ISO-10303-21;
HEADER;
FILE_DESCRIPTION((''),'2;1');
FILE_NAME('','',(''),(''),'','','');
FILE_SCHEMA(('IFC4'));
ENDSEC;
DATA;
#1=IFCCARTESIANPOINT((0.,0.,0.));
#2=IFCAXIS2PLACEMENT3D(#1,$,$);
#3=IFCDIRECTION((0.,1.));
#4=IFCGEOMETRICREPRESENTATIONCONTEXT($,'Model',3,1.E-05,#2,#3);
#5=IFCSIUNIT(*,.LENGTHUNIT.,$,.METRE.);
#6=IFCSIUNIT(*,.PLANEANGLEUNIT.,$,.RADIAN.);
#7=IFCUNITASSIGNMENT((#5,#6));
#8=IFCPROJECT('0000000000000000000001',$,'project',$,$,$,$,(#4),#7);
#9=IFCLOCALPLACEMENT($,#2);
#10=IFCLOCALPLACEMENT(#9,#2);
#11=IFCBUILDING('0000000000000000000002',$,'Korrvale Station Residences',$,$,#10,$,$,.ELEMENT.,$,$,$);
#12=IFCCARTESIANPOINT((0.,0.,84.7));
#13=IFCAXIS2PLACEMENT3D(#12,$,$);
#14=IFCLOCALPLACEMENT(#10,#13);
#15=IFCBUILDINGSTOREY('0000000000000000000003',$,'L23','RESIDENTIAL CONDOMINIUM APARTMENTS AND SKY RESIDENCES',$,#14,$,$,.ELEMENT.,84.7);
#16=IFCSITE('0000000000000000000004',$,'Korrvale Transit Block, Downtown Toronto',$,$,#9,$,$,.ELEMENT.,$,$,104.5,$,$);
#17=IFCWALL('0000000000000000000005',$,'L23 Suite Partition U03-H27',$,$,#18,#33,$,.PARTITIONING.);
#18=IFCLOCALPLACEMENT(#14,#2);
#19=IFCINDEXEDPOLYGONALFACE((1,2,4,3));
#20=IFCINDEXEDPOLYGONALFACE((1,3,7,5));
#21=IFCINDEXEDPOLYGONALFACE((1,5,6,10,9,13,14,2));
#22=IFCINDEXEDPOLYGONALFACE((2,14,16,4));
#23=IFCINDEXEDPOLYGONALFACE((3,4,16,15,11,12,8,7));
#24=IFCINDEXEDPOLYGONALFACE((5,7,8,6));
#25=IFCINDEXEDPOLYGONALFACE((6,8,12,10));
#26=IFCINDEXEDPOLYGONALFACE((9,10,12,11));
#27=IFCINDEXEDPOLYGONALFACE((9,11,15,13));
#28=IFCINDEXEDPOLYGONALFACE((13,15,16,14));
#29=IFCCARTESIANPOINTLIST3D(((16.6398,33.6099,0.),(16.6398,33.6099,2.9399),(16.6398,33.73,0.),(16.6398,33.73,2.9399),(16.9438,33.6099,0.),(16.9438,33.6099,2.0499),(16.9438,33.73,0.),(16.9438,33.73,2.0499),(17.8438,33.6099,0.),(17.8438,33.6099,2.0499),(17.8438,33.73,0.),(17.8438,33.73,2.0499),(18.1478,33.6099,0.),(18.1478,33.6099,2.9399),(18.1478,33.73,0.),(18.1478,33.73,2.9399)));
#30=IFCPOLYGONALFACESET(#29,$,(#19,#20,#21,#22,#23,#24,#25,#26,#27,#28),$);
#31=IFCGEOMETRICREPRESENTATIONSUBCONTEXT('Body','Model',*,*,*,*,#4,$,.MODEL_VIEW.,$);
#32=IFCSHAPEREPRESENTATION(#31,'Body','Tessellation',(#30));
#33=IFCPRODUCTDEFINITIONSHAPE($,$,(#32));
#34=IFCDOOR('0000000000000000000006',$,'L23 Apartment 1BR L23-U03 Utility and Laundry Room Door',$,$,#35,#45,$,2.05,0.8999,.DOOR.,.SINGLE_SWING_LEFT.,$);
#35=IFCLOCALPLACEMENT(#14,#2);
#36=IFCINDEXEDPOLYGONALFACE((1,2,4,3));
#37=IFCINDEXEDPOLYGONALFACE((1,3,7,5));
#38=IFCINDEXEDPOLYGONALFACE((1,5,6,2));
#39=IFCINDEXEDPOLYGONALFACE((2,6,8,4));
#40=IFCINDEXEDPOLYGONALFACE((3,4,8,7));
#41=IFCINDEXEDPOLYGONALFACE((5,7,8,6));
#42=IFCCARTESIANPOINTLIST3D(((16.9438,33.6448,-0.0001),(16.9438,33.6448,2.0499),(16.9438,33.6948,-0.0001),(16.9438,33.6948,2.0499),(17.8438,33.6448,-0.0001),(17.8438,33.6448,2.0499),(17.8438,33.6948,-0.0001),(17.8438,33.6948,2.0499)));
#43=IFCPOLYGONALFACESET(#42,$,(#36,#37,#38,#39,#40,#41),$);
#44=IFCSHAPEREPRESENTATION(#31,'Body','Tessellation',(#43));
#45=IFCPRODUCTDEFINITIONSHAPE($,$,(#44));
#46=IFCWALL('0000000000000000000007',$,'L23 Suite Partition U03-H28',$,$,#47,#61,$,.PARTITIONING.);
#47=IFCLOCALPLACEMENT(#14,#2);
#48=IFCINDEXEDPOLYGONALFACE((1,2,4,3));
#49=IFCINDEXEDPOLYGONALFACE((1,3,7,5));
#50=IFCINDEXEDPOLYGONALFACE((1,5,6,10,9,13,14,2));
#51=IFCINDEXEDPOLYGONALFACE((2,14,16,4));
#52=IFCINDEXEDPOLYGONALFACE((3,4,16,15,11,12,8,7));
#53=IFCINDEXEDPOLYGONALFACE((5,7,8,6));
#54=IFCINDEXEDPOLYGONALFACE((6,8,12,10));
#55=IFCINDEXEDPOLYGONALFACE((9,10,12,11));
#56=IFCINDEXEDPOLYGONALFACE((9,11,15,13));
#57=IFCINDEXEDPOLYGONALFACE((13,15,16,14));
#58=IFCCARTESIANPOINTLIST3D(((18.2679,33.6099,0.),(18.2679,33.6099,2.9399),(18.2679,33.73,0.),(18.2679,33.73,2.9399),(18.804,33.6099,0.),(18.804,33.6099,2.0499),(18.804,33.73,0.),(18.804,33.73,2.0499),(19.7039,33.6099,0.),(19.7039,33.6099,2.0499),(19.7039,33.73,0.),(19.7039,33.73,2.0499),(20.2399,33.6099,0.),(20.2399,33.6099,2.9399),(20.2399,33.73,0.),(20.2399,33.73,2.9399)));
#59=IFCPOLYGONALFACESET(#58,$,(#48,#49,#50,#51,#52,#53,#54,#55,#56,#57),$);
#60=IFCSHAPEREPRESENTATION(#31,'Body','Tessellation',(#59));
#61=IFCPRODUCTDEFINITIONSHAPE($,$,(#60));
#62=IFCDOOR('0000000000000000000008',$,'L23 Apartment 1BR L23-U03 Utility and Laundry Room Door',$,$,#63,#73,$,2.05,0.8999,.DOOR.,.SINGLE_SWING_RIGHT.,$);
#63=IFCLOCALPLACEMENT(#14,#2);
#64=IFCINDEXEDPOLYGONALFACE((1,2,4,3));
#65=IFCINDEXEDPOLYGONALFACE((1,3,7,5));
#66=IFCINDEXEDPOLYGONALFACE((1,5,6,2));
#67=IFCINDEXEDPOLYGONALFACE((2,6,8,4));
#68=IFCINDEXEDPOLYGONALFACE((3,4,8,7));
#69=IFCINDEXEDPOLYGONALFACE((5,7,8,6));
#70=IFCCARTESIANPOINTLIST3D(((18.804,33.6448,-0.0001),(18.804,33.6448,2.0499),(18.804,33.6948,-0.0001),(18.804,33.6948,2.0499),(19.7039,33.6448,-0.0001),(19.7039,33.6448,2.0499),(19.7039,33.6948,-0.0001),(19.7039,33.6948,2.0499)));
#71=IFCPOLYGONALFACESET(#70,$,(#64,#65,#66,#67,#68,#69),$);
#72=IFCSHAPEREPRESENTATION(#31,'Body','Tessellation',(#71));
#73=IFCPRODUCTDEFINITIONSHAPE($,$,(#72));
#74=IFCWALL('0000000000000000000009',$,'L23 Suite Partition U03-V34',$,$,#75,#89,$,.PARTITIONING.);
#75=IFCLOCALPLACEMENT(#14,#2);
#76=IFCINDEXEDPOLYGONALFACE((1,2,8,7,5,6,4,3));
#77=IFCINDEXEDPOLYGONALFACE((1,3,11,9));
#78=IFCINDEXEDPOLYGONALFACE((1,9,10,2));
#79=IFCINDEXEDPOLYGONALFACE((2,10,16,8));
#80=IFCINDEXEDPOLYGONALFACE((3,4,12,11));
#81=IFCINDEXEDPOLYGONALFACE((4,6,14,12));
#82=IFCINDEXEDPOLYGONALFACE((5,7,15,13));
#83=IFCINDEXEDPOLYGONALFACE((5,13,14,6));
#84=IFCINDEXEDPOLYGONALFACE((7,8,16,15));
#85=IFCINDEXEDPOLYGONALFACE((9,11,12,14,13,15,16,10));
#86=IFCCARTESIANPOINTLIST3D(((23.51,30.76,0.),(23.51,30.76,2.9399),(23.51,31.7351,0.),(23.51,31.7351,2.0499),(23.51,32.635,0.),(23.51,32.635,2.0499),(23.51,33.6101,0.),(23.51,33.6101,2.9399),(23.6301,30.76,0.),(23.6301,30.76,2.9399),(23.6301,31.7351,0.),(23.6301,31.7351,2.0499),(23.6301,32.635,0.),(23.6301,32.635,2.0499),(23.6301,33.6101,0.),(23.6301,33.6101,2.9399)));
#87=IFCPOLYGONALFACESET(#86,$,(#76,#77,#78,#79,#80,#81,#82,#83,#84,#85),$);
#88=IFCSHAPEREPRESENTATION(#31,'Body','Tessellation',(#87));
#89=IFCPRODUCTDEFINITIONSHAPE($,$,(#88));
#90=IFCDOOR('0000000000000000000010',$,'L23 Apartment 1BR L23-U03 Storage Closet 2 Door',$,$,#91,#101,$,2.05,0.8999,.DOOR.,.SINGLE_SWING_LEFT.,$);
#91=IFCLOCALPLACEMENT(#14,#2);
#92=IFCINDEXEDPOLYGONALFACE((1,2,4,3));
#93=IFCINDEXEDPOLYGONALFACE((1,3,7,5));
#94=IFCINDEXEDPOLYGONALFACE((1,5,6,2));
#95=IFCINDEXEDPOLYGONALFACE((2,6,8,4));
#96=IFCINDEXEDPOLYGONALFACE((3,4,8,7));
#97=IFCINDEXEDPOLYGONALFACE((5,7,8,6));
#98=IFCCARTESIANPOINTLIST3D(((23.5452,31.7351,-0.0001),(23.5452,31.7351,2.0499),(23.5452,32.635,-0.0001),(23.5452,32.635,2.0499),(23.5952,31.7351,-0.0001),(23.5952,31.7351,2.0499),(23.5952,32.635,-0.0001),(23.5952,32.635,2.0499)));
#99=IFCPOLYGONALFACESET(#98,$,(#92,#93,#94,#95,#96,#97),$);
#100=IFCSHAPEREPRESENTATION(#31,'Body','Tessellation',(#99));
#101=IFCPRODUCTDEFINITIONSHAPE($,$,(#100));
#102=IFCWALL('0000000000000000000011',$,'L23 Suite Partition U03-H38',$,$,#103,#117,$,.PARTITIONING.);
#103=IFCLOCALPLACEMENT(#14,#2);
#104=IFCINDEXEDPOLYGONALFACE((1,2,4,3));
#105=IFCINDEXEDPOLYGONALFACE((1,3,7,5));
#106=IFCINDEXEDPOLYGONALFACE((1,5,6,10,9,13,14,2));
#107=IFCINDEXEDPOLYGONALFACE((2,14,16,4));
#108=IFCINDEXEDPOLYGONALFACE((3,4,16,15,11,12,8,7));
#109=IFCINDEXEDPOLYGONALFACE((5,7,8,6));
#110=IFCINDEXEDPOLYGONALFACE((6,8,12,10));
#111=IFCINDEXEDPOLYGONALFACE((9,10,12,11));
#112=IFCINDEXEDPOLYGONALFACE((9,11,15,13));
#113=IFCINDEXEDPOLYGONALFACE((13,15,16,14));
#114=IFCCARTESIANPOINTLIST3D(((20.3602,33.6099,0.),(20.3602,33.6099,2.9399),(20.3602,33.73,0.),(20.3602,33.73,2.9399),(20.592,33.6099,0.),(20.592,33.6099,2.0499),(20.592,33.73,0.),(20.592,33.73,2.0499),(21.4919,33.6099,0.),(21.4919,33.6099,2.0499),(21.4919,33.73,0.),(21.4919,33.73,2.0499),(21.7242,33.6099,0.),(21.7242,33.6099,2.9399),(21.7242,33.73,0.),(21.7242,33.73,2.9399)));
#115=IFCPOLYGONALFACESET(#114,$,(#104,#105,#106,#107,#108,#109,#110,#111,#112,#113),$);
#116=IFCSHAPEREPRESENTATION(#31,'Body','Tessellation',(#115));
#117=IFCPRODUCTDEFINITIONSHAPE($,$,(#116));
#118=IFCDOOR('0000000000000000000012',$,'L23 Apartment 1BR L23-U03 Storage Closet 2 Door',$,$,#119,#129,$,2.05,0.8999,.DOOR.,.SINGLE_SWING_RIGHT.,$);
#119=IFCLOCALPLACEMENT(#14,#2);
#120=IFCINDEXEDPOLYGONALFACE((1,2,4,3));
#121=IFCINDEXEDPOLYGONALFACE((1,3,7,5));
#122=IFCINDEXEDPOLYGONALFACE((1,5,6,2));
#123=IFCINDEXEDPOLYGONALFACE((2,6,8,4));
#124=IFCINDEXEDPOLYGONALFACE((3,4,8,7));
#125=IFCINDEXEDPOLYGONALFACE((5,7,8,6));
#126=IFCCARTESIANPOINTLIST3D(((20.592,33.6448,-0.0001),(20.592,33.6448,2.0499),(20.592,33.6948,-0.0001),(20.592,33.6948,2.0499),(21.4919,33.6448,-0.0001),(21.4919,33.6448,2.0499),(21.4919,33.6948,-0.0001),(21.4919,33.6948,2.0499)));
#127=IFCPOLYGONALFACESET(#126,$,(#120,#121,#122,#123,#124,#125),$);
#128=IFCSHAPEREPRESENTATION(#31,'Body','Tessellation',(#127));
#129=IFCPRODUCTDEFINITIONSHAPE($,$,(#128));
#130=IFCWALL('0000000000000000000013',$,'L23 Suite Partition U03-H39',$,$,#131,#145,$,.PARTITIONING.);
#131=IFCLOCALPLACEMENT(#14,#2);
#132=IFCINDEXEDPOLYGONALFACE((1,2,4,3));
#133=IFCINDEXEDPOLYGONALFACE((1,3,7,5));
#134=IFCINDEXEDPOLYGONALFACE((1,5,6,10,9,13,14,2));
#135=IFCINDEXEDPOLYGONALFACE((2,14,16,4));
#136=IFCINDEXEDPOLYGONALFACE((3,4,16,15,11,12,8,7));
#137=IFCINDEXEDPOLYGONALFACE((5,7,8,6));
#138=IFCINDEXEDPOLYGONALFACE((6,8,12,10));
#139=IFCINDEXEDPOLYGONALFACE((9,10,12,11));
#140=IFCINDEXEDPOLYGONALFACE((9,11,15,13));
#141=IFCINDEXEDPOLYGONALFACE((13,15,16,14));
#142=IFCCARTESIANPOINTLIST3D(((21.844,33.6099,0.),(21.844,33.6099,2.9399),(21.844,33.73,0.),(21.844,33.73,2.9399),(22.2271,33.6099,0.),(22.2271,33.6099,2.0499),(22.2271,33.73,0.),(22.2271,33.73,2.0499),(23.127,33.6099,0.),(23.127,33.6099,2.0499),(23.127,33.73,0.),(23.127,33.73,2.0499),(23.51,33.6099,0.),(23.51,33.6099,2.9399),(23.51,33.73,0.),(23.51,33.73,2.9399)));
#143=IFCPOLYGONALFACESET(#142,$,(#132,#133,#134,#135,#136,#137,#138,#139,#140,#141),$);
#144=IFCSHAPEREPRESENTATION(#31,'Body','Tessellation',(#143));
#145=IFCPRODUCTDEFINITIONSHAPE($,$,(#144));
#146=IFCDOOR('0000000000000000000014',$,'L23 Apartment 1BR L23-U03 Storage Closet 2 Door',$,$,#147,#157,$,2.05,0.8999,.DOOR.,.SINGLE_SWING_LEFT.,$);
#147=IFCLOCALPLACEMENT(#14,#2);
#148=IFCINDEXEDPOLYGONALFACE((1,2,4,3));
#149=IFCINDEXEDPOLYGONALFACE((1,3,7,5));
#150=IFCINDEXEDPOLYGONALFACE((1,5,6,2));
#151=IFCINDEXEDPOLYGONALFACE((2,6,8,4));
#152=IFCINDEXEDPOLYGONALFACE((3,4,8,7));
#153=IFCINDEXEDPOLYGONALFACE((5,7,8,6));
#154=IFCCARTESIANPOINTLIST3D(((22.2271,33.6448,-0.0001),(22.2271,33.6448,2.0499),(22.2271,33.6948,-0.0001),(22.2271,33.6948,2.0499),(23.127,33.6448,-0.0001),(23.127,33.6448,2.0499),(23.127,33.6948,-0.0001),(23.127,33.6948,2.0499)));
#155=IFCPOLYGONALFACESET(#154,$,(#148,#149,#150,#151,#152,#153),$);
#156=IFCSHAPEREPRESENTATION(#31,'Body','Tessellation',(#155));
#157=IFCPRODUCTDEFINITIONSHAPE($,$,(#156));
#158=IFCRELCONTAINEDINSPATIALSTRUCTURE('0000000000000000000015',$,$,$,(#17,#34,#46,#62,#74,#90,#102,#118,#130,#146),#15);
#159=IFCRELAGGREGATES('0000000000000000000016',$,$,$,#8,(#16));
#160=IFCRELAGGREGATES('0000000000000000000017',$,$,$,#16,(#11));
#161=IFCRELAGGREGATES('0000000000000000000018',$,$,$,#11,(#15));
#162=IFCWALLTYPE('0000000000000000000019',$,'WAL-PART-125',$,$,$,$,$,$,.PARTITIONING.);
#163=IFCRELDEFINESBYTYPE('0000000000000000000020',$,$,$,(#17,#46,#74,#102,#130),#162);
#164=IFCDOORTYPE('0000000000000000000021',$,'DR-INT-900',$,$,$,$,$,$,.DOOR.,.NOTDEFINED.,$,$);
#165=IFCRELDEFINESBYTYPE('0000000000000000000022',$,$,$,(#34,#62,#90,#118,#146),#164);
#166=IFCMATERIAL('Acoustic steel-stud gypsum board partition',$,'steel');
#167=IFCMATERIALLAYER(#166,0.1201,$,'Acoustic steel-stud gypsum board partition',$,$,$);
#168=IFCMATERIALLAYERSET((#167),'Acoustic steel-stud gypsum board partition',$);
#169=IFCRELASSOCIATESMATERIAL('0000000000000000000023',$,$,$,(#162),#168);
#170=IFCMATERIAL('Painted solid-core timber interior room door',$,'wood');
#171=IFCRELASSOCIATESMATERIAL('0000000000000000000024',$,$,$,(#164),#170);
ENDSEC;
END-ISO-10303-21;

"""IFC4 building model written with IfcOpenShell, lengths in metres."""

from ifc_helpers import new_model, si_unit, direction, frame, frame_2d, origin, place, context, subcontext, project, spatial, rectangle, extrude, material, layer, layer_set, type_object, element, fill, save


model = new_model("IFC4")

# Units and contexts
model_context = context("Model", 3, precision=1e-05, world=origin(), true_north=direction((0.0, 1.0)))
body_context = subcontext(model_context, "Body", "Model", "MODEL_VIEW")
ifc_project = project(units=[si_unit("LENGTHUNIT", "METRE"), si_unit("PLANEANGLEUNIT", "RADIAN")], contexts=[model_context])

# Site, building, storey
site_placement = place(None, origin())
site = spatial("IfcSite", under=ifc_project, at=site_placement, Name="Korrvale Transit Block, Downtown Toronto", CompositionType="ELEMENT", RefElevation=104.5)
building_placement = place(site_placement, origin())
building = spatial("IfcBuilding", under=site, at=building_placement, Name="Korrvale Station Residences", CompositionType="ELEMENT")
storey_placement = place(building_placement, frame((0.0, 0.0, 84.7)))
storey = spatial("IfcBuildingStorey", under=building, at=storey_placement, Name="L23", Description="RESIDENTIAL CONDOMINIUM APARTMENTS AND SKY RESIDENCES", CompositionType="ELEMENT", Elevation=84.7)

# Walls, openings, doors
ifc_material_1 = material(Name="Acoustic steel-stud gypsum board partition", Category="steel")
ifc_layer = layer(ifc_material_1, 0.1201, Name="Acoustic steel-stud gypsum board partition")
ifc_layer_set = layer_set([ifc_layer], Name="Acoustic steel-stud gypsum board partition")
wall_type = type_object("IfcWallType", Name="WAL-PART-125", PredefinedType="PARTITIONING", material=ifc_layer_set)
ifc_material_2 = material(Name="Painted solid-core timber interior room door", Category="wood")
door_type = type_object("IfcDoorType", Name="DR-INT-900", OperationType="NOTDEFINED", PredefinedType="DOOR", material=ifc_material_2)
wall_1_placement = place(storey_placement, frame((16.6399, 33.6699, 0.0), z_axis=(0.0, 0.0, 1.0), x_axis=(1.0, 0.0, 0.0)))
wall_1 = element("IfcWall", 1, at=wall_1_placement, inside=storey, type_object=wall_type, Name="L23 Suite Partition U03-H27", PredefinedType="PARTITIONING", context=body_context, shape_type="SweptSolid", body=[
    extrude(rectangle(XDim=1.5081, YDim=0.1201, at=frame_2d((0.7539, 0.0))), origin(), (0.0, 0.0, 1.0), 2.9399),
])
opening_1_placement = place(wall_1_placement, frame((0.304, 0.0, 0.0)))
opening_1 = element("IfcOpeningElement", 2, at=opening_1_placement, cuts=wall_1, PredefinedType="OPENING", context=body_context, shape_type="SweptSolid", body=[
    extrude(rectangle(XDim=0.8999, YDim=2.05, at=frame_2d((0.45, 1.0249))), frame((0.0, 0.0701, 0.0), z_axis=(0.0, -1.0, 0.0), x_axis=(1.0, 0.0, 0.0)), (0.0, 0.0, 1.0), 0.1401),
])
door_1_placement = place(opening_1_placement, origin())
door_1 = element("IfcDoor", 3, at=door_1_placement, inside=storey, type_object=door_type, Name="L23 Apartment 1BR L23-U03 Utility and Laundry Room Door", OperationType="SINGLE_SWING_LEFT", OverallHeight=2.05, OverallWidth=0.8999, PredefinedType="DOOR", context=body_context, shape_type="SweptSolid", body=[
    extrude(rectangle(XDim=0.8999, YDim=2.05, at=frame_2d((0.45, 1.0249))), frame((0.0, 0.0249, 0.0), z_axis=(0.0, -1.0, 0.0), x_axis=(1.0, 0.0, 0.0)), (0.0, 0.0, 1.0), 0.05),
])
fill(opening_1, door_1)
wall_2_placement = place(storey_placement, frame((18.2681, 33.6699, 0.0), z_axis=(0.0, 0.0, 1.0), x_axis=(1.0, 0.0, 0.0)))
wall_2 = element("IfcWall", 4, at=wall_2_placement, inside=storey, type_object=wall_type, Name="L23 Suite Partition U03-H28", PredefinedType="PARTITIONING", context=body_context, shape_type="SweptSolid", body=[
    extrude(rectangle(XDim=1.9719, YDim=0.1201, at=frame_2d((0.9858, 0.0))), origin(), (0.0, 0.0, 1.0), 2.9399),
])
opening_2_placement = place(wall_2_placement, frame((0.5359, 0.0, 0.0)))
opening_2 = element("IfcOpeningElement", 5, at=opening_2_placement, cuts=wall_2, PredefinedType="OPENING", context=body_context, shape_type="SweptSolid", body=[
    extrude(rectangle(XDim=0.8999, YDim=2.05, at=frame_2d((0.45, 1.0249))), frame((0.0, 0.0701, 0.0), z_axis=(0.0, -1.0, 0.0), x_axis=(1.0, 0.0, 0.0)), (0.0, 0.0, 1.0), 0.1401),
])
door_2_placement = place(opening_2_placement, origin())
door_2 = element("IfcDoor", 6, at=door_2_placement, inside=storey, type_object=door_type, Name="L23 Apartment 1BR L23-U03 Utility and Laundry Room Door", OperationType="SINGLE_SWING_RIGHT", OverallHeight=2.05, OverallWidth=0.8999, PredefinedType="DOOR", context=body_context, shape_type="SweptSolid", body=[
    extrude(rectangle(XDim=0.8999, YDim=2.05, at=frame_2d((0.45, 1.0249))), frame((0.0, 0.0249, 0.0), z_axis=(0.0, -1.0, 0.0), x_axis=(1.0, 0.0, 0.0)), (0.0, 0.0, 1.0), 0.05),
])
fill(opening_2, door_2)
wall_3_placement = place(storey_placement, frame((23.5701, 30.76, 0.0), z_axis=(0.0, 0.0, 1.0), x_axis=(0.0, 1.0, 0.0)))
wall_3 = element("IfcWall", 7, at=wall_3_placement, inside=storey, type_object=wall_type, Name="L23 Suite Partition U03-V34", PredefinedType="PARTITIONING", context=body_context, shape_type="SweptSolid", body=[
    extrude(rectangle(XDim=2.8501, YDim=0.1201, at=frame_2d((1.425, 0.0))), origin(), (0.0, 0.0, 1.0), 2.9399),
])
opening_3_placement = place(wall_3_placement, frame((0.9751, 0.0, 0.0)))
opening_3 = element("IfcOpeningElement", 8, at=opening_3_placement, cuts=wall_3, PredefinedType="OPENING", context=body_context, shape_type="SweptSolid", body=[
    extrude(rectangle(XDim=0.8999, YDim=2.05, at=frame_2d((0.45, 1.0249))), frame((0.0, 0.0701, 0.0), z_axis=(0.0, -1.0, 0.0), x_axis=(1.0, 0.0, 0.0)), (0.0, 0.0, 1.0), 0.1401),
])
door_3_placement = place(opening_3_placement, origin())
door_3 = element("IfcDoor", 9, at=door_3_placement, inside=storey, type_object=door_type, Name="L23 Apartment 1BR L23-U03 Storage Closet 2 Door", OperationType="SINGLE_SWING_LEFT", OverallHeight=2.05, OverallWidth=0.8999, PredefinedType="DOOR", context=body_context, shape_type="SweptSolid", body=[
    extrude(rectangle(XDim=0.8999, YDim=2.05, at=frame_2d((0.45, 1.0249))), frame((0.0, 0.0249, 0.0), z_axis=(0.0, -1.0, 0.0), x_axis=(1.0, 0.0, 0.0)), (0.0, 0.0, 1.0), 0.05),
])
fill(opening_3, door_3)
wall_4_placement = place(storey_placement, frame((20.3601, 33.6699, 0.0), z_axis=(0.0, 0.0, 1.0), x_axis=(1.0, 0.0, 0.0)))
wall_4 = element("IfcWall", 10, at=wall_4_placement, inside=storey, type_object=wall_type, Name="L23 Suite Partition U03-H38", PredefinedType="PARTITIONING", context=body_context, shape_type="SweptSolid", body=[
    extrude(rectangle(XDim=1.364, YDim=0.1201, at=frame_2d((0.6821, 0.0))), origin(), (0.0, 0.0, 1.0), 2.9399),
])
opening_4_placement = place(wall_4_placement, frame((0.2319, 0.0, 0.0)))
opening_4 = element("IfcOpeningElement", 11, at=opening_4_placement, cuts=wall_4, PredefinedType="OPENING", context=body_context, shape_type="SweptSolid", body=[
    extrude(rectangle(XDim=0.8999, YDim=2.05, at=frame_2d((0.45, 1.0249))), frame((0.0, 0.0701, 0.0), z_axis=(0.0, -1.0, 0.0), x_axis=(1.0, 0.0, 0.0)), (0.0, 0.0, 1.0), 0.1401),
])
door_4_placement = place(opening_4_placement, origin())
door_4 = element("IfcDoor", 12, at=door_4_placement, inside=storey, type_object=door_type, Name="L23 Apartment 1BR L23-U03 Storage Closet 2 Door", OperationType="SINGLE_SWING_RIGHT", OverallHeight=2.05, OverallWidth=0.8999, PredefinedType="DOOR", context=body_context, shape_type="SweptSolid", body=[
    extrude(rectangle(XDim=0.8999, YDim=2.05, at=frame_2d((0.45, 1.0249))), frame((0.0, 0.0249, 0.0), z_axis=(0.0, -1.0, 0.0), x_axis=(1.0, 0.0, 0.0)), (0.0, 0.0, 1.0), 0.05),
])
fill(opening_4, door_4)
wall_5_placement = place(storey_placement, frame((21.844, 33.6699, 0.0), z_axis=(0.0, 0.0, 1.0), x_axis=(1.0, 0.0, 0.0)))
wall_5 = element("IfcWall", 13, at=wall_5_placement, inside=storey, type_object=wall_type, Name="L23 Suite Partition U03-H39", PredefinedType="PARTITIONING", context=body_context, shape_type="SweptSolid", body=[
    extrude(rectangle(XDim=1.666, YDim=0.1201, at=frame_2d((0.833, 0.0))), origin(), (0.0, 0.0, 1.0), 2.9399),
])
opening_5_placement = place(wall_5_placement, frame((0.3831, 0.0, 0.0)))
opening_5 = element("IfcOpeningElement", 14, at=opening_5_placement, cuts=wall_5, PredefinedType="OPENING", context=body_context, shape_type="SweptSolid", body=[
    extrude(rectangle(XDim=0.8999, YDim=2.05, at=frame_2d((0.45, 1.0249))), frame((0.0, 0.0701, 0.0), z_axis=(0.0, -1.0, 0.0), x_axis=(1.0, 0.0, 0.0)), (0.0, 0.0, 1.0), 0.1401),
])
door_5_placement = place(opening_5_placement, origin())
door_5 = element("IfcDoor", 15, at=door_5_placement, inside=storey, type_object=door_type, Name="L23 Apartment 1BR L23-U03 Storage Closet 2 Door", OperationType="SINGLE_SWING_LEFT", OverallHeight=2.05, OverallWidth=0.8999, PredefinedType="DOOR", context=body_context, shape_type="SweptSolid", body=[
    extrude(rectangle(XDim=0.8999, YDim=2.05, at=frame_2d((0.45, 1.0249))), frame((0.0, 0.0249, 0.0), z_axis=(0.0, -1.0, 0.0), x_axis=(1.0, 0.0, 0.0)), (0.0, 0.0, 1.0), 0.05),
])
fill(opening_5, door_5)

save(model, "model.ifc")
